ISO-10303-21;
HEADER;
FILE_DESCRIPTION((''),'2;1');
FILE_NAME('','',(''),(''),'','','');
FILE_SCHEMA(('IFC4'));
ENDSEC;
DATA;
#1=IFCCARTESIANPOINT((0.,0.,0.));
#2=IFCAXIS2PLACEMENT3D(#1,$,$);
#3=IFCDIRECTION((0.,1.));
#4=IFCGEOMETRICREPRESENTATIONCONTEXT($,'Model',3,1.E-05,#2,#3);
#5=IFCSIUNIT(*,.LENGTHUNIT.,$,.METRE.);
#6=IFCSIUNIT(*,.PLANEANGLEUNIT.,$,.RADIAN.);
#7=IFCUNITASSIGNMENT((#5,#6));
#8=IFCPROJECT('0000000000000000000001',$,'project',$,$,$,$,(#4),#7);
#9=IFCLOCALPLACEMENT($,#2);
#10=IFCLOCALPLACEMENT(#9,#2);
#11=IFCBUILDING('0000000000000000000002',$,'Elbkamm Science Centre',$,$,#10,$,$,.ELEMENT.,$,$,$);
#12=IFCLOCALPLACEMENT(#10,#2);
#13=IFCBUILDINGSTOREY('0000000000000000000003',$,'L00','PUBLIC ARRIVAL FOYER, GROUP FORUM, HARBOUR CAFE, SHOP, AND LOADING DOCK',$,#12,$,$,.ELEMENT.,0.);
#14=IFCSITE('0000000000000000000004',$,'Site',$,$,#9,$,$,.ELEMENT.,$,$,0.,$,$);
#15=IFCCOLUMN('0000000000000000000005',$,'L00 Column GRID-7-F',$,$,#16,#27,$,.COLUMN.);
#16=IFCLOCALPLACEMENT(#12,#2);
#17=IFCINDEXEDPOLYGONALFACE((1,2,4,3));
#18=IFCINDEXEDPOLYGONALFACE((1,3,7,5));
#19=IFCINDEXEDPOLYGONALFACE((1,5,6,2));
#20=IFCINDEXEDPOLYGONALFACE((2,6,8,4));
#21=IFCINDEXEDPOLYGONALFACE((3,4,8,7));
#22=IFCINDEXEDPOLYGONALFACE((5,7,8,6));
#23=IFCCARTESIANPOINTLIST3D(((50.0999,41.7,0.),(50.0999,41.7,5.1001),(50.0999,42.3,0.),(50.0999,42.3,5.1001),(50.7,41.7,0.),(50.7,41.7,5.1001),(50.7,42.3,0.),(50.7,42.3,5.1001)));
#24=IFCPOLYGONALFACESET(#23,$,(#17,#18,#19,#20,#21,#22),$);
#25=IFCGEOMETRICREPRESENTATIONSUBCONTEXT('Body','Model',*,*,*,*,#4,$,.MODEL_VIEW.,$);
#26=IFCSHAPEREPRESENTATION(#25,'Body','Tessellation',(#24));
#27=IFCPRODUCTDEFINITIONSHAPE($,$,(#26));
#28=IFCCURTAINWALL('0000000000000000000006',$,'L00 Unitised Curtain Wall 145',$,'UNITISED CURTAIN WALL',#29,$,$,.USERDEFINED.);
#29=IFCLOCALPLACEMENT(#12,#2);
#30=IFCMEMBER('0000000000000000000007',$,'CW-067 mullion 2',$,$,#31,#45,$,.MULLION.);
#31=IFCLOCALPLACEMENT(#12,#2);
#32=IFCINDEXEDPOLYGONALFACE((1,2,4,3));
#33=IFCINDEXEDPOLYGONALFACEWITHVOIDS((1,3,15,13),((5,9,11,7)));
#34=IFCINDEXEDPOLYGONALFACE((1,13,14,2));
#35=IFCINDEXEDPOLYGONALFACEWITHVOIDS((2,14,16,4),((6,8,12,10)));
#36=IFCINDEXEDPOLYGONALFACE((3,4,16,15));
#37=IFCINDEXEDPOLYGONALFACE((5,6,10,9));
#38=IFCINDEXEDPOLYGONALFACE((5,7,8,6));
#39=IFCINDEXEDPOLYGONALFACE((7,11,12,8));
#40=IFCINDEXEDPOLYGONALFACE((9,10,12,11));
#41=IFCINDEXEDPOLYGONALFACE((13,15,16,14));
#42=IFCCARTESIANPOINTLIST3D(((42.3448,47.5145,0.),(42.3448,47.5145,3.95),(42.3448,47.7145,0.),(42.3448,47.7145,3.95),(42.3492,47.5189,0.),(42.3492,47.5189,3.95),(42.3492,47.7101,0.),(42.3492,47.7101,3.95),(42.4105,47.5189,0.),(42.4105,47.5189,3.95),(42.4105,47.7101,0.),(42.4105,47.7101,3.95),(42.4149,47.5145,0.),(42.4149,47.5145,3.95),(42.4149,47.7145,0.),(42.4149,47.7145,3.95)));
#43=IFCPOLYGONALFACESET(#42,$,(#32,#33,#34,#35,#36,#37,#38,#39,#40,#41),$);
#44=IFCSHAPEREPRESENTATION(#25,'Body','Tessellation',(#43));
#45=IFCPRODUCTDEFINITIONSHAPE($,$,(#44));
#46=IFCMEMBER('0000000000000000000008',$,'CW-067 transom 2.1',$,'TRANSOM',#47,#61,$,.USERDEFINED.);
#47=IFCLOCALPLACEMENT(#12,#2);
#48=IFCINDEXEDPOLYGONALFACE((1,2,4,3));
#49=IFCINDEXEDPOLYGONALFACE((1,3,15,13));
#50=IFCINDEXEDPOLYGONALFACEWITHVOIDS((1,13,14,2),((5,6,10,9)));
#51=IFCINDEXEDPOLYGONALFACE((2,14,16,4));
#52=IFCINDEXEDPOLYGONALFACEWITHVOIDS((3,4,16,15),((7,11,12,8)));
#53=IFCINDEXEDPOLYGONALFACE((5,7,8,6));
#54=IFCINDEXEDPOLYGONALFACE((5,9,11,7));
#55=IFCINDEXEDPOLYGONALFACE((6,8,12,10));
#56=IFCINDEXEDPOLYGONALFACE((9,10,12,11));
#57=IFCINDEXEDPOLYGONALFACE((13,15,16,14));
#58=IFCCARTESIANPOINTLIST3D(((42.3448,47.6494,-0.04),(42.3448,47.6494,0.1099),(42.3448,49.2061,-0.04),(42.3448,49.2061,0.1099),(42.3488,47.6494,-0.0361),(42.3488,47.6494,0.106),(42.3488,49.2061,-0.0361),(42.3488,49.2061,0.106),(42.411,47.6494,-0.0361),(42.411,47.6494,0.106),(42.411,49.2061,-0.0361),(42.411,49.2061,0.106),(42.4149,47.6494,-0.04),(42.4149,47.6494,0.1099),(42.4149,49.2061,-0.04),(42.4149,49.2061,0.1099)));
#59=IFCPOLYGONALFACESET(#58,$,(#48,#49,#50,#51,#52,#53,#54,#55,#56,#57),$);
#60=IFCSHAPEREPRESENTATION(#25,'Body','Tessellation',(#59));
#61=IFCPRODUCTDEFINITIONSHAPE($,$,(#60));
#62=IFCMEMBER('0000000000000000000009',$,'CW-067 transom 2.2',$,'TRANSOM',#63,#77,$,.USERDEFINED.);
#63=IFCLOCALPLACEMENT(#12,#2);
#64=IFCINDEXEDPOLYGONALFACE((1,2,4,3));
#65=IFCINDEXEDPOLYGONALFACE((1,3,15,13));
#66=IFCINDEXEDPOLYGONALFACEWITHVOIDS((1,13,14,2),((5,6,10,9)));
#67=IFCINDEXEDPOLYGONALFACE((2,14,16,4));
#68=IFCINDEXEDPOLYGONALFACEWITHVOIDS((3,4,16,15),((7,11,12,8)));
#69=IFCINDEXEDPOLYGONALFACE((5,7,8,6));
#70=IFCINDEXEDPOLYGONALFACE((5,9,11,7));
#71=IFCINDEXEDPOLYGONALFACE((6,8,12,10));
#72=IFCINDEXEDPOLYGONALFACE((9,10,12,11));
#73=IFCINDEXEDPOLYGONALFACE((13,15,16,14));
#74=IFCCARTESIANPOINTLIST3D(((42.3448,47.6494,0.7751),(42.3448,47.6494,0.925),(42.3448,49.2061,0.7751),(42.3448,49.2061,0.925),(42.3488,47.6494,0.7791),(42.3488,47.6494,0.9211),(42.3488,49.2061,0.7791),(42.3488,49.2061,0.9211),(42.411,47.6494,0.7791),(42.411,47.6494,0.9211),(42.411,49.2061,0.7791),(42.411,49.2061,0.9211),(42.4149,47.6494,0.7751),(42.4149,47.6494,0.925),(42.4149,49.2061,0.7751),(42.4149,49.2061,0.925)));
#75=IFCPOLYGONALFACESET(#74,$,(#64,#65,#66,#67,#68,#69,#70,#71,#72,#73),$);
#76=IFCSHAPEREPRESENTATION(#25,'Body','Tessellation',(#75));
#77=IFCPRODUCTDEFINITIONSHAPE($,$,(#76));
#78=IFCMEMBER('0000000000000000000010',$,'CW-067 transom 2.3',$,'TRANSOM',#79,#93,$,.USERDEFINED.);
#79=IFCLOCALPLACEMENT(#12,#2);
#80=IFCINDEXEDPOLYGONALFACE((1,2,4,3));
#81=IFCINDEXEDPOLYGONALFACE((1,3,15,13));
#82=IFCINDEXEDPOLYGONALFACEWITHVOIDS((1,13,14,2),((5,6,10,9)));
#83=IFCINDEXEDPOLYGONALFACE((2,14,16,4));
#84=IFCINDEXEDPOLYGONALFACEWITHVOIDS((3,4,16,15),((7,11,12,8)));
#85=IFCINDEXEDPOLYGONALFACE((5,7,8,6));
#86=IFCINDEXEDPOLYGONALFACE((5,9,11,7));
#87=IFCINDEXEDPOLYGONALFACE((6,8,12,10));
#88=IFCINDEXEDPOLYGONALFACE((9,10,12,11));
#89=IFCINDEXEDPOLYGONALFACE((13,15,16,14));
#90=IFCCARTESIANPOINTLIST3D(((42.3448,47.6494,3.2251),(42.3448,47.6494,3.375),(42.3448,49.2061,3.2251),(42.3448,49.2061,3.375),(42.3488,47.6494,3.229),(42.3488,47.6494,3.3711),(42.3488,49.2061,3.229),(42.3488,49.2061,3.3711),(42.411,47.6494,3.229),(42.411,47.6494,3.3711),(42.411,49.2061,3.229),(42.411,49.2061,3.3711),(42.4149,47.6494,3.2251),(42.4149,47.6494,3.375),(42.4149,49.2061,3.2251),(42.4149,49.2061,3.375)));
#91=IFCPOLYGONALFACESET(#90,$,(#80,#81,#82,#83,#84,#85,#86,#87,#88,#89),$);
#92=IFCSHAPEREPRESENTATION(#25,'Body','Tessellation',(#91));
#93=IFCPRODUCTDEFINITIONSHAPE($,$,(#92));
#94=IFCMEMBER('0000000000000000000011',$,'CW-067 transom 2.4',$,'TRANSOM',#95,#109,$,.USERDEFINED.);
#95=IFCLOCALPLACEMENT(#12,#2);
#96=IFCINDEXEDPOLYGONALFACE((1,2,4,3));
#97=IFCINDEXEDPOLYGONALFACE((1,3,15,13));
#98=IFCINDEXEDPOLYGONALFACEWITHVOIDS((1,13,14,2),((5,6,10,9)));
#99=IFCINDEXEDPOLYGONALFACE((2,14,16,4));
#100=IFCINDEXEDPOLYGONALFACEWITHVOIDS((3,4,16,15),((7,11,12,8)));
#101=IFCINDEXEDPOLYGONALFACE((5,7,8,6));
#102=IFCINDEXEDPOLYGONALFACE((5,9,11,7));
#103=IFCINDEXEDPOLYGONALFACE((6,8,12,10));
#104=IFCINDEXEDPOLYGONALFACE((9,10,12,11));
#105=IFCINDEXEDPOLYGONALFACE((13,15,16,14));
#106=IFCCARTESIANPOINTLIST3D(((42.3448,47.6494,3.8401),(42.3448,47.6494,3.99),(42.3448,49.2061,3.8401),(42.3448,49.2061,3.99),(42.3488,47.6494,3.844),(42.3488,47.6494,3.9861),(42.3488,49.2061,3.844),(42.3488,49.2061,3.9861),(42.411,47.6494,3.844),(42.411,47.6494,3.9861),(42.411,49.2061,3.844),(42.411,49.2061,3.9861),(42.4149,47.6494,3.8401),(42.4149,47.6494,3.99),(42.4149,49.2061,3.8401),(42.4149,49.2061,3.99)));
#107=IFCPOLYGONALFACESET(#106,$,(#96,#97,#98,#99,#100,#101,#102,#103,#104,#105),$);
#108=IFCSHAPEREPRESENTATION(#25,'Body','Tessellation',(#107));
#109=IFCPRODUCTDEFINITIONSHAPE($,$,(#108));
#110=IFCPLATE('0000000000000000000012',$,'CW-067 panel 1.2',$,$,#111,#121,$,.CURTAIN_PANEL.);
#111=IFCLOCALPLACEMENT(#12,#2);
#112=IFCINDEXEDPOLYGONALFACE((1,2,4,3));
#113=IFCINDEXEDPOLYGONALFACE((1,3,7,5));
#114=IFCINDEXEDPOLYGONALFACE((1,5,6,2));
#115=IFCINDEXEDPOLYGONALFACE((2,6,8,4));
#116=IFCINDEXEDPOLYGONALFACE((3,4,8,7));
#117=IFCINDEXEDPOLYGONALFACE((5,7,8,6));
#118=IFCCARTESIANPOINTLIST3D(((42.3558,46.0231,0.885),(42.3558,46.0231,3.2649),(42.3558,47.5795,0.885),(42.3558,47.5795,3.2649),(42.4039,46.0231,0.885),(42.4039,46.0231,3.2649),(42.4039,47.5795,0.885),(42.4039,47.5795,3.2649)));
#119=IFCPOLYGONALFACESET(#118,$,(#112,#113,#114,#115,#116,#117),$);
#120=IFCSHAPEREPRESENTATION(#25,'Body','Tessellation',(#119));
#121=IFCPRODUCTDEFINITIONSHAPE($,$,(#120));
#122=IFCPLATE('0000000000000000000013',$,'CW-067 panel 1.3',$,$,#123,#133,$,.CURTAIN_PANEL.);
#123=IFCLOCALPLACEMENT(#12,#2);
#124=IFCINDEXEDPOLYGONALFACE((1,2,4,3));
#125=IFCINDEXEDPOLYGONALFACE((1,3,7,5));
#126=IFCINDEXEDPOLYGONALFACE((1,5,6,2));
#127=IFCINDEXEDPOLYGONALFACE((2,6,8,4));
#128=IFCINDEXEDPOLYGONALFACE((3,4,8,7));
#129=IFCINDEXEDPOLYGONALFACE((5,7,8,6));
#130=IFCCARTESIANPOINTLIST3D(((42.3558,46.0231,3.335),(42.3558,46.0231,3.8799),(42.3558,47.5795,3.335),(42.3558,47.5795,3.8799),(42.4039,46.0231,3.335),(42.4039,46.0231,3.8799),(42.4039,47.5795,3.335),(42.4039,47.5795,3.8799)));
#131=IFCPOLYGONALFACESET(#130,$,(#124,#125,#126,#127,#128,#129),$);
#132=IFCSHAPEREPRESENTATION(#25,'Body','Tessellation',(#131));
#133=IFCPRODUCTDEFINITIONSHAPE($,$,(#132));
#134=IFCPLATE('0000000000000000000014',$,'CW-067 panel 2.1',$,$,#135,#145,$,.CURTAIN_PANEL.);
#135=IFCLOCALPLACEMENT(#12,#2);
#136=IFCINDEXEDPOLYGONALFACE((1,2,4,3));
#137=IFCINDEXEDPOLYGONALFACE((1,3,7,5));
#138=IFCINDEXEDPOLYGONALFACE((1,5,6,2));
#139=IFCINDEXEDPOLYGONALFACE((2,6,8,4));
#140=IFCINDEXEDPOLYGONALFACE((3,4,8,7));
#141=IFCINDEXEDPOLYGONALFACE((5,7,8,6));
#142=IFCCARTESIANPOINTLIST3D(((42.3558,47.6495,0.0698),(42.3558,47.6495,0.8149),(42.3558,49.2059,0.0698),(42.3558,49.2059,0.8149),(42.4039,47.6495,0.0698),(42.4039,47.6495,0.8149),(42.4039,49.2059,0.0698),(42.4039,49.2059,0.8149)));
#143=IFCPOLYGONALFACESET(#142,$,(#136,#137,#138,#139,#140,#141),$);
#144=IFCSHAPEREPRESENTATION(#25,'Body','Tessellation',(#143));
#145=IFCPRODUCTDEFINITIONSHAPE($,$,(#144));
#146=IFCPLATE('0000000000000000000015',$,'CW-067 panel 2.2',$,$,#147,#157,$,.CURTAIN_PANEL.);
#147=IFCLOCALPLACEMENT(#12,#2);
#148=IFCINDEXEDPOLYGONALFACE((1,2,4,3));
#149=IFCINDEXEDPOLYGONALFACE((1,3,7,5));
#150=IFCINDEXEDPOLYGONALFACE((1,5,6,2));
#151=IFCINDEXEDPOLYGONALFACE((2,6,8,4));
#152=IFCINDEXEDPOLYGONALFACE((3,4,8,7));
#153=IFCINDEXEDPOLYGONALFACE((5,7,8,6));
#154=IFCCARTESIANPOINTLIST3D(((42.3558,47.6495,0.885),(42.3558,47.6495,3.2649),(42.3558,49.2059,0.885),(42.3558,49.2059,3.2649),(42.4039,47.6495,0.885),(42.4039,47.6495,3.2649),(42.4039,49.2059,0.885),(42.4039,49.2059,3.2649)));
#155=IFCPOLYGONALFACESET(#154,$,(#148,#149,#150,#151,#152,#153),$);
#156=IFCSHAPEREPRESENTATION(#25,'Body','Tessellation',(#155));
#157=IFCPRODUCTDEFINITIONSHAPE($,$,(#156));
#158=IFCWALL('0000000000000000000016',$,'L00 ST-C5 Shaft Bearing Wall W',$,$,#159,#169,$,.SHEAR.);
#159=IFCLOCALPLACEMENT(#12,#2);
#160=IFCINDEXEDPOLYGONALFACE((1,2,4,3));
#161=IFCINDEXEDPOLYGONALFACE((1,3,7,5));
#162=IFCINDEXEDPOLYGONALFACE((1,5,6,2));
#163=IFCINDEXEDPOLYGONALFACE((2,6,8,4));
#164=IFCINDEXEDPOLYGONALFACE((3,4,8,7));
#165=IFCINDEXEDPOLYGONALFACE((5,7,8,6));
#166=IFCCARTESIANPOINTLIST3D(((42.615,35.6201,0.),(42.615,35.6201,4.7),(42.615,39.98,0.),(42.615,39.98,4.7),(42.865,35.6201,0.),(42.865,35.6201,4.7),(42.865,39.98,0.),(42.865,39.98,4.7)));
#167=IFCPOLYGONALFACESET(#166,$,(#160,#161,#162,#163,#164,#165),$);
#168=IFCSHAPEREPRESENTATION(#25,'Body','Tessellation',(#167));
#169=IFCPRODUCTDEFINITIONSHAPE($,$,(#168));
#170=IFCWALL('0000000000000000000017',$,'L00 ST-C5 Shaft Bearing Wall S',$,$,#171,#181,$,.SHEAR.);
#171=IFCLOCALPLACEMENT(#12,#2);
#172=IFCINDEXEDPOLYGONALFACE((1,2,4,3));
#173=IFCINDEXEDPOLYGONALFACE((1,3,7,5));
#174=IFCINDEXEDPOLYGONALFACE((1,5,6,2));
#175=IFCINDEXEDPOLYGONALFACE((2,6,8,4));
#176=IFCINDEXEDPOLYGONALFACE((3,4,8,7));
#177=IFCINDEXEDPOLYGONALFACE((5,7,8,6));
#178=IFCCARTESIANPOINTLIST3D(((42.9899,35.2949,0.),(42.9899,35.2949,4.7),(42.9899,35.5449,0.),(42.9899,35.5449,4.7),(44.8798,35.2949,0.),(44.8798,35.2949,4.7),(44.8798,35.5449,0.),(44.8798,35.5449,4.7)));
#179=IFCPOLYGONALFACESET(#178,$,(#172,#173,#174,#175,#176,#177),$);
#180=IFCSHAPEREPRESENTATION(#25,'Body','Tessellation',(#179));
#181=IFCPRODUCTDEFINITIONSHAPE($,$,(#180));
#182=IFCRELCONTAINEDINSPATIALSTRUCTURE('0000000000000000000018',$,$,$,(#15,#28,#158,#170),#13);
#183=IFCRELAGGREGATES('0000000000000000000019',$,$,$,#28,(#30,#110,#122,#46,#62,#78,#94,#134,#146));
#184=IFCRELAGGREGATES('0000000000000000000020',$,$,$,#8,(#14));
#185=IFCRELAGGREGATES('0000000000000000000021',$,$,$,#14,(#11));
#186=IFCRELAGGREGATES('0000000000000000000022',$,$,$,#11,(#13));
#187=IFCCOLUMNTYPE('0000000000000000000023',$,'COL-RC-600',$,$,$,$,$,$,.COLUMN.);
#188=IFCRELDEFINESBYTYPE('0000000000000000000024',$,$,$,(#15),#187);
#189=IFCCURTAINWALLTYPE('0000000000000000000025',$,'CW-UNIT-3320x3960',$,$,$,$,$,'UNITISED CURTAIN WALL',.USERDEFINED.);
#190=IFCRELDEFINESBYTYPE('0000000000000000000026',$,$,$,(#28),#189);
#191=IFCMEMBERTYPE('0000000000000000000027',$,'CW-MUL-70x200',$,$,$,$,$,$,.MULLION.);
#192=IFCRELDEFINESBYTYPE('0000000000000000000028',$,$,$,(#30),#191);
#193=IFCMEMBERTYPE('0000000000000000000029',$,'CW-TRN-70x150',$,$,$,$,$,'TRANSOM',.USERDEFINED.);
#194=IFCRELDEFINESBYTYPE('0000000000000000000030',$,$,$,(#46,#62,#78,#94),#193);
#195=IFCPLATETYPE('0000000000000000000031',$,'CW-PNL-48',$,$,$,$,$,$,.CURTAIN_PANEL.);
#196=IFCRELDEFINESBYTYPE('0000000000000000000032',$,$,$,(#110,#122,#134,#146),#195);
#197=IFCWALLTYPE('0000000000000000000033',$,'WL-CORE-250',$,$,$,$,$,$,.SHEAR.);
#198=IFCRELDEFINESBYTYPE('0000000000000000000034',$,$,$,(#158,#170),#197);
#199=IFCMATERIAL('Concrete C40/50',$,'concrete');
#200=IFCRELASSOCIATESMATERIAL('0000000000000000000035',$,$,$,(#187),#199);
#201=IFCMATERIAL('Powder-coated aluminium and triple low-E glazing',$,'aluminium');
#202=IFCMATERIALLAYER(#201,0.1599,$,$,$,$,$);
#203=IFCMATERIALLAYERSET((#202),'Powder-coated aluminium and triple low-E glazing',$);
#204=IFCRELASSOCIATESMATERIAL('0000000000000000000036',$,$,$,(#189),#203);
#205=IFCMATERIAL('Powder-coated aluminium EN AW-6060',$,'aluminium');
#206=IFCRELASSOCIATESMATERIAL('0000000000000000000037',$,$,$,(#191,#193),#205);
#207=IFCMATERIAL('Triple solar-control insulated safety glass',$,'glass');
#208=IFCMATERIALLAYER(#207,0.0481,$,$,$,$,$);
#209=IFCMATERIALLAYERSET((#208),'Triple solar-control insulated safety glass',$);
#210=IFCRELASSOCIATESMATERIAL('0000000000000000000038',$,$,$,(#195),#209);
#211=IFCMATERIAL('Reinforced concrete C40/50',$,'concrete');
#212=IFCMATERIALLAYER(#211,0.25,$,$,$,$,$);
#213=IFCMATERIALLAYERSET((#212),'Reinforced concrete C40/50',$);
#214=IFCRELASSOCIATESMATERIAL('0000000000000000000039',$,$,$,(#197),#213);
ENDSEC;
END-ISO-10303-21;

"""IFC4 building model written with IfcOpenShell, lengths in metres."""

from ifc_helpers import new_model, si_unit, direction, frame, frame_2d, origin, origin_2d, place, context, subcontext, project, spatial, rectangle, hollow_rectangle, extrude, material, layer, layer_set, material_profile, profile_set, type_object, element, aggregate, save


model = new_model("IFC4")

# Units and contexts
model_context = context("Model", 3, precision=1e-05, world=origin(), true_north=direction((0.0, 1.0)))
body_context = subcontext(model_context, "Body", "Model", "MODEL_VIEW")
ifc_project = project(units=[si_unit("LENGTHUNIT", "METRE"), si_unit("PLANEANGLEUNIT", "RADIAN")], contexts=[model_context])

# Site, building, storey
site_placement = place(None, origin())
site = spatial("IfcSite", under=ifc_project, at=site_placement, Name="Site", CompositionType="ELEMENT", RefElevation=0.0)
building_placement = place(site_placement, origin())
building = spatial("IfcBuilding", under=site, at=building_placement, Name="Elbkamm Science Centre", CompositionType="ELEMENT")
storey_placement = place(building_placement, origin())
storey = spatial("IfcBuildingStorey", under=building, at=storey_placement, Name="L00", Description="PUBLIC ARRIVAL FOYER, GROUP FORUM, HARBOUR CAFE, SHOP, AND LOADING DOCK", CompositionType="ELEMENT", Elevation=0.0)

# Column
ifc_material_1 = material(Name="Concrete C40/50", Category="concrete")
ifc_material_profile_1 = material_profile(ifc_material_1, rectangle(XDim=0.6001, YDim=0.6001, at=origin_2d()), Name="RC 600x600")
ifc_profile_set_1 = profile_set([ifc_material_profile_1], Name="Concrete C40/50")
column_type = type_object("IfcColumnType", Name="COL-RC-600", PredefinedType="COLUMN", material=ifc_profile_set_1)
column_placement = place(storey_placement, frame((50.3999, 42.0, 0.0), z_axis=(0.0, 0.0, 1.0), x_axis=(1.0, 0.0, 0.0)))
element("IfcColumn", 1, at=column_placement, inside=storey, type_object=column_type, Name="L00 Column GRID-7-F", PredefinedType="COLUMN", context=body_context, shape_type="SweptSolid", body=[
    extrude(rectangle(XDim=0.6001, YDim=0.6001, at=origin_2d()), origin(), (0.0, 0.0, 1.0), 5.1001),
])

# Curtain wall, members, plates
ifc_material_2 = material(Name="Powder-coated aluminium and triple low-E glazing", Category="aluminium")
ifc_layer_1 = layer(ifc_material_2, 0.1599)
ifc_layer_set_1 = layer_set([ifc_layer_1], Name="Powder-coated aluminium and triple low-E glazing")
curtain_wall_type = type_object("IfcCurtainWallType", Name="CW-UNIT-3320x3960", ElementType="UNITISED CURTAIN WALL", PredefinedType="USERDEFINED", material=ifc_layer_set_1)
curtain_wall_placement = place(storey_placement, origin())
curtain_wall = element("IfcCurtainWall", 2, at=curtain_wall_placement, inside=storey, type_object=curtain_wall_type, Name="L00 Unitised Curtain Wall 145", ObjectType="UNITISED CURTAIN WALL", PredefinedType="USERDEFINED")
ifc_material_3 = material(Name="Powder-coated aluminium EN AW-6060", Category="aluminium")
ifc_material_profile_2 = material_profile(ifc_material_3, hollow_rectangle(XDim=0.0701, YDim=0.2, WallThickness=0.0044, at=origin_2d()), Name="ALU M70x200")
ifc_profile_set_2 = profile_set([ifc_material_profile_2], Name="Powder-coated aluminium EN AW-6060")
member_type_1 = type_object("IfcMemberType", Name="CW-MUL-70x200", PredefinedType="MULLION", material=ifc_profile_set_2)
member_1_placement = place(storey_placement, frame((42.3799, 47.6145, 0.0), z_axis=(0.0, 0.0, 1.0), x_axis=(-1.0, 0.0, 0.0)))
member_1 = element("IfcMember", 3, at=member_1_placement, type_object=member_type_1, Name="CW-067 mullion 2", PredefinedType="MULLION", context=body_context, shape_type="SweptSolid", body=[
    extrude(hollow_rectangle(XDim=0.0701, YDim=0.2, WallThickness=0.0044, at=origin_2d()), origin(), (0.0, 0.0, 1.0), 3.95),
])
ifc_material_profile_3 = material_profile(ifc_material_3, hollow_rectangle(XDim=0.0701, YDim=0.1499, WallThickness=0.0039, at=origin_2d()), Name="ALU T70x150")
ifc_profile_set_3 = profile_set([ifc_material_profile_3], Name="Powder-coated aluminium EN AW-6060")
member_type_2 = type_object("IfcMemberType", Name="CW-TRN-70x150", ElementType="TRANSOM", PredefinedType="USERDEFINED", material=ifc_profile_set_3)
member_2_placement = place(storey_placement, frame((42.3799, 47.6494, 0.0349), z_axis=(0.0, 1.0, 0.0), x_axis=(-1.0, 0.0, 0.0)))
member_2 = element("IfcMember", 4, at=member_2_placement, type_object=member_type_2, Name="CW-067 transom 2.1", ObjectType="TRANSOM", PredefinedType="USERDEFINED", context=body_context, shape_type="SweptSolid", body=[
    extrude(hollow_rectangle(XDim=0.0701, YDim=0.1499, WallThickness=0.0039, at=origin_2d()), origin(), (0.0, 0.0, 1.0), 1.5566),
])
member_3_placement = place(storey_placement, frame((42.3799, 47.6494, 0.8501), z_axis=(0.0, 1.0, 0.0), x_axis=(-1.0, 0.0, 0.0)))
member_3 = element("IfcMember", 5, at=member_3_placement, type_object=member_type_2, Name="CW-067 transom 2.2", ObjectType="TRANSOM", PredefinedType="USERDEFINED", context=body_context, shape_type="SweptSolid", body=[
    extrude(hollow_rectangle(XDim=0.0701, YDim=0.1499, WallThickness=0.0039, at=origin_2d()), origin(), (0.0, 0.0, 1.0), 1.5566),
])
member_4_placement = place(storey_placement, frame((42.3799, 47.6494, 3.3), z_axis=(0.0, 1.0, 0.0), x_axis=(-1.0, 0.0, 0.0)))
member_4 = element("IfcMember", 6, at=member_4_placement, type_object=member_type_2, Name="CW-067 transom 2.3", ObjectType="TRANSOM", PredefinedType="USERDEFINED", context=body_context, shape_type="SweptSolid", body=[
    extrude(hollow_rectangle(XDim=0.0701, YDim=0.1499, WallThickness=0.0039, at=origin_2d()), origin(), (0.0, 0.0, 1.0), 1.5566),
])
member_5_placement = place(storey_placement, frame((42.3799, 47.6494, 3.915), z_axis=(0.0, 1.0, 0.0), x_axis=(-1.0, 0.0, 0.0)))
member_5 = element("IfcMember", 7, at=member_5_placement, type_object=member_type_2, Name="CW-067 transom 2.4", ObjectType="TRANSOM", PredefinedType="USERDEFINED", context=body_context, shape_type="SweptSolid", body=[
    extrude(hollow_rectangle(XDim=0.0701, YDim=0.1499, WallThickness=0.0039, at=origin_2d()), origin(), (0.0, 0.0, 1.0), 1.5566),
])
ifc_material_4 = material(Name="Triple solar-control insulated safety glass", Category="glass")
ifc_layer_2 = layer(ifc_material_4, 0.0481)
ifc_layer_set_2 = layer_set([ifc_layer_2], Name="Triple solar-control insulated safety glass")
plate_type = type_object("IfcPlateType", Name="CW-PNL-48", PredefinedType="CURTAIN_PANEL", material=ifc_layer_set_2)
plate_1_placement = place(storey_placement, frame((42.3799, 46.8013, 0.885), z_axis=(0.0, 0.0, 1.0), x_axis=(0.0, 1.0, 0.0)))
plate_1 = element("IfcPlate", 8, at=plate_1_placement, type_object=plate_type, Name="CW-067 panel 1.2", PredefinedType="CURTAIN_PANEL", context=body_context, shape_type="SweptSolid", body=[
    extrude(rectangle(XDim=1.5564, YDim=0.0481, at=origin_2d()), origin(), (0.0, 0.0, 1.0), 2.3799),
])
plate_2_placement = place(storey_placement, frame((42.3799, 46.8013, 3.335), z_axis=(0.0, 0.0, 1.0), x_axis=(0.0, 1.0, 0.0)))
plate_2 = element("IfcPlate", 9, at=plate_2_placement, type_object=plate_type, Name="CW-067 panel 1.3", PredefinedType="CURTAIN_PANEL", context=body_context, shape_type="SweptSolid", body=[
    extrude(rectangle(XDim=1.5564, YDim=0.0481, at=origin_2d()), origin(), (0.0, 0.0, 1.0), 0.5449),
])
plate_3_placement = place(storey_placement, frame((42.3799, 48.4277, 0.0698), z_axis=(0.0, 0.0, 1.0), x_axis=(0.0, 1.0, 0.0)))
plate_3 = element("IfcPlate", 10, at=plate_3_placement, type_object=plate_type, Name="CW-067 panel 2.1", PredefinedType="CURTAIN_PANEL", context=body_context, shape_type="SweptSolid", body=[
    extrude(rectangle(XDim=1.5564, YDim=0.0481, at=origin_2d()), origin(), (0.0, 0.0, 1.0), 0.7451),
])
plate_4_placement = place(storey_placement, frame((42.3799, 48.4277, 0.885), z_axis=(0.0, 0.0, 1.0), x_axis=(0.0, 1.0, 0.0)))
plate_4 = element("IfcPlate", 11, at=plate_4_placement, type_object=plate_type, Name="CW-067 panel 2.2", PredefinedType="CURTAIN_PANEL", context=body_context, shape_type="SweptSolid", body=[
    extrude(rectangle(XDim=1.5564, YDim=0.0481, at=origin_2d()), origin(), (0.0, 0.0, 1.0), 2.3799),
])
aggregate(curtain_wall, [member_1, plate_1, plate_2, member_2, member_3, member_4, member_5, plate_3, plate_4])

# Walls
ifc_material_5 = material(Name="Reinforced concrete C40/50", Category="concrete")
ifc_layer_3 = layer(ifc_material_5, 0.25)
ifc_layer_set_3 = layer_set([ifc_layer_3], Name="Reinforced concrete C40/50")
wall_type_1 = type_object("IfcWallType", Name="WL-CORE-250", PredefinedType="SHEAR", material=ifc_layer_set_3)
wall_1_placement = place(storey_placement, frame((42.74, 35.6201, 0.0), z_axis=(0.0, 0.0, 1.0), x_axis=(0.0, 1.0, 0.0)))
element("IfcWall", 12, at=wall_1_placement, inside=storey, type_object=wall_type_1, Name="L00 ST-C5 Shaft Bearing Wall W", PredefinedType="SHEAR", context=body_context, shape_type="SweptSolid", body=[
    extrude(rectangle(XDim=4.3599, YDim=0.25, at=frame_2d((2.1799, 0.0))), origin(), (0.0, 0.0, 1.0), 4.7),
])
for number, where, z_axis, x_axis, name in (
    (13, (42.99, 35.4199, 0.0), (0.0, 0.0, 1.0), (1.0, 0.0, 0.0), "L00 ST-C5 Shaft Bearing Wall S"),
):
    element("IfcWall", number, at=place(storey_placement, frame(where, z_axis=z_axis, x_axis=x_axis)), inside=storey, type_object=wall_type_1, Name=name, PredefinedType="SHEAR", context=body_context, shape_type="SweptSolid", body=[
        extrude(rectangle(XDim=1.8899, YDim=0.25, at=frame_2d((0.9448, 0.0))), origin(), (0.0, 0.0, 1.0), 4.7),
    ])

save(model, "model.ifc")
